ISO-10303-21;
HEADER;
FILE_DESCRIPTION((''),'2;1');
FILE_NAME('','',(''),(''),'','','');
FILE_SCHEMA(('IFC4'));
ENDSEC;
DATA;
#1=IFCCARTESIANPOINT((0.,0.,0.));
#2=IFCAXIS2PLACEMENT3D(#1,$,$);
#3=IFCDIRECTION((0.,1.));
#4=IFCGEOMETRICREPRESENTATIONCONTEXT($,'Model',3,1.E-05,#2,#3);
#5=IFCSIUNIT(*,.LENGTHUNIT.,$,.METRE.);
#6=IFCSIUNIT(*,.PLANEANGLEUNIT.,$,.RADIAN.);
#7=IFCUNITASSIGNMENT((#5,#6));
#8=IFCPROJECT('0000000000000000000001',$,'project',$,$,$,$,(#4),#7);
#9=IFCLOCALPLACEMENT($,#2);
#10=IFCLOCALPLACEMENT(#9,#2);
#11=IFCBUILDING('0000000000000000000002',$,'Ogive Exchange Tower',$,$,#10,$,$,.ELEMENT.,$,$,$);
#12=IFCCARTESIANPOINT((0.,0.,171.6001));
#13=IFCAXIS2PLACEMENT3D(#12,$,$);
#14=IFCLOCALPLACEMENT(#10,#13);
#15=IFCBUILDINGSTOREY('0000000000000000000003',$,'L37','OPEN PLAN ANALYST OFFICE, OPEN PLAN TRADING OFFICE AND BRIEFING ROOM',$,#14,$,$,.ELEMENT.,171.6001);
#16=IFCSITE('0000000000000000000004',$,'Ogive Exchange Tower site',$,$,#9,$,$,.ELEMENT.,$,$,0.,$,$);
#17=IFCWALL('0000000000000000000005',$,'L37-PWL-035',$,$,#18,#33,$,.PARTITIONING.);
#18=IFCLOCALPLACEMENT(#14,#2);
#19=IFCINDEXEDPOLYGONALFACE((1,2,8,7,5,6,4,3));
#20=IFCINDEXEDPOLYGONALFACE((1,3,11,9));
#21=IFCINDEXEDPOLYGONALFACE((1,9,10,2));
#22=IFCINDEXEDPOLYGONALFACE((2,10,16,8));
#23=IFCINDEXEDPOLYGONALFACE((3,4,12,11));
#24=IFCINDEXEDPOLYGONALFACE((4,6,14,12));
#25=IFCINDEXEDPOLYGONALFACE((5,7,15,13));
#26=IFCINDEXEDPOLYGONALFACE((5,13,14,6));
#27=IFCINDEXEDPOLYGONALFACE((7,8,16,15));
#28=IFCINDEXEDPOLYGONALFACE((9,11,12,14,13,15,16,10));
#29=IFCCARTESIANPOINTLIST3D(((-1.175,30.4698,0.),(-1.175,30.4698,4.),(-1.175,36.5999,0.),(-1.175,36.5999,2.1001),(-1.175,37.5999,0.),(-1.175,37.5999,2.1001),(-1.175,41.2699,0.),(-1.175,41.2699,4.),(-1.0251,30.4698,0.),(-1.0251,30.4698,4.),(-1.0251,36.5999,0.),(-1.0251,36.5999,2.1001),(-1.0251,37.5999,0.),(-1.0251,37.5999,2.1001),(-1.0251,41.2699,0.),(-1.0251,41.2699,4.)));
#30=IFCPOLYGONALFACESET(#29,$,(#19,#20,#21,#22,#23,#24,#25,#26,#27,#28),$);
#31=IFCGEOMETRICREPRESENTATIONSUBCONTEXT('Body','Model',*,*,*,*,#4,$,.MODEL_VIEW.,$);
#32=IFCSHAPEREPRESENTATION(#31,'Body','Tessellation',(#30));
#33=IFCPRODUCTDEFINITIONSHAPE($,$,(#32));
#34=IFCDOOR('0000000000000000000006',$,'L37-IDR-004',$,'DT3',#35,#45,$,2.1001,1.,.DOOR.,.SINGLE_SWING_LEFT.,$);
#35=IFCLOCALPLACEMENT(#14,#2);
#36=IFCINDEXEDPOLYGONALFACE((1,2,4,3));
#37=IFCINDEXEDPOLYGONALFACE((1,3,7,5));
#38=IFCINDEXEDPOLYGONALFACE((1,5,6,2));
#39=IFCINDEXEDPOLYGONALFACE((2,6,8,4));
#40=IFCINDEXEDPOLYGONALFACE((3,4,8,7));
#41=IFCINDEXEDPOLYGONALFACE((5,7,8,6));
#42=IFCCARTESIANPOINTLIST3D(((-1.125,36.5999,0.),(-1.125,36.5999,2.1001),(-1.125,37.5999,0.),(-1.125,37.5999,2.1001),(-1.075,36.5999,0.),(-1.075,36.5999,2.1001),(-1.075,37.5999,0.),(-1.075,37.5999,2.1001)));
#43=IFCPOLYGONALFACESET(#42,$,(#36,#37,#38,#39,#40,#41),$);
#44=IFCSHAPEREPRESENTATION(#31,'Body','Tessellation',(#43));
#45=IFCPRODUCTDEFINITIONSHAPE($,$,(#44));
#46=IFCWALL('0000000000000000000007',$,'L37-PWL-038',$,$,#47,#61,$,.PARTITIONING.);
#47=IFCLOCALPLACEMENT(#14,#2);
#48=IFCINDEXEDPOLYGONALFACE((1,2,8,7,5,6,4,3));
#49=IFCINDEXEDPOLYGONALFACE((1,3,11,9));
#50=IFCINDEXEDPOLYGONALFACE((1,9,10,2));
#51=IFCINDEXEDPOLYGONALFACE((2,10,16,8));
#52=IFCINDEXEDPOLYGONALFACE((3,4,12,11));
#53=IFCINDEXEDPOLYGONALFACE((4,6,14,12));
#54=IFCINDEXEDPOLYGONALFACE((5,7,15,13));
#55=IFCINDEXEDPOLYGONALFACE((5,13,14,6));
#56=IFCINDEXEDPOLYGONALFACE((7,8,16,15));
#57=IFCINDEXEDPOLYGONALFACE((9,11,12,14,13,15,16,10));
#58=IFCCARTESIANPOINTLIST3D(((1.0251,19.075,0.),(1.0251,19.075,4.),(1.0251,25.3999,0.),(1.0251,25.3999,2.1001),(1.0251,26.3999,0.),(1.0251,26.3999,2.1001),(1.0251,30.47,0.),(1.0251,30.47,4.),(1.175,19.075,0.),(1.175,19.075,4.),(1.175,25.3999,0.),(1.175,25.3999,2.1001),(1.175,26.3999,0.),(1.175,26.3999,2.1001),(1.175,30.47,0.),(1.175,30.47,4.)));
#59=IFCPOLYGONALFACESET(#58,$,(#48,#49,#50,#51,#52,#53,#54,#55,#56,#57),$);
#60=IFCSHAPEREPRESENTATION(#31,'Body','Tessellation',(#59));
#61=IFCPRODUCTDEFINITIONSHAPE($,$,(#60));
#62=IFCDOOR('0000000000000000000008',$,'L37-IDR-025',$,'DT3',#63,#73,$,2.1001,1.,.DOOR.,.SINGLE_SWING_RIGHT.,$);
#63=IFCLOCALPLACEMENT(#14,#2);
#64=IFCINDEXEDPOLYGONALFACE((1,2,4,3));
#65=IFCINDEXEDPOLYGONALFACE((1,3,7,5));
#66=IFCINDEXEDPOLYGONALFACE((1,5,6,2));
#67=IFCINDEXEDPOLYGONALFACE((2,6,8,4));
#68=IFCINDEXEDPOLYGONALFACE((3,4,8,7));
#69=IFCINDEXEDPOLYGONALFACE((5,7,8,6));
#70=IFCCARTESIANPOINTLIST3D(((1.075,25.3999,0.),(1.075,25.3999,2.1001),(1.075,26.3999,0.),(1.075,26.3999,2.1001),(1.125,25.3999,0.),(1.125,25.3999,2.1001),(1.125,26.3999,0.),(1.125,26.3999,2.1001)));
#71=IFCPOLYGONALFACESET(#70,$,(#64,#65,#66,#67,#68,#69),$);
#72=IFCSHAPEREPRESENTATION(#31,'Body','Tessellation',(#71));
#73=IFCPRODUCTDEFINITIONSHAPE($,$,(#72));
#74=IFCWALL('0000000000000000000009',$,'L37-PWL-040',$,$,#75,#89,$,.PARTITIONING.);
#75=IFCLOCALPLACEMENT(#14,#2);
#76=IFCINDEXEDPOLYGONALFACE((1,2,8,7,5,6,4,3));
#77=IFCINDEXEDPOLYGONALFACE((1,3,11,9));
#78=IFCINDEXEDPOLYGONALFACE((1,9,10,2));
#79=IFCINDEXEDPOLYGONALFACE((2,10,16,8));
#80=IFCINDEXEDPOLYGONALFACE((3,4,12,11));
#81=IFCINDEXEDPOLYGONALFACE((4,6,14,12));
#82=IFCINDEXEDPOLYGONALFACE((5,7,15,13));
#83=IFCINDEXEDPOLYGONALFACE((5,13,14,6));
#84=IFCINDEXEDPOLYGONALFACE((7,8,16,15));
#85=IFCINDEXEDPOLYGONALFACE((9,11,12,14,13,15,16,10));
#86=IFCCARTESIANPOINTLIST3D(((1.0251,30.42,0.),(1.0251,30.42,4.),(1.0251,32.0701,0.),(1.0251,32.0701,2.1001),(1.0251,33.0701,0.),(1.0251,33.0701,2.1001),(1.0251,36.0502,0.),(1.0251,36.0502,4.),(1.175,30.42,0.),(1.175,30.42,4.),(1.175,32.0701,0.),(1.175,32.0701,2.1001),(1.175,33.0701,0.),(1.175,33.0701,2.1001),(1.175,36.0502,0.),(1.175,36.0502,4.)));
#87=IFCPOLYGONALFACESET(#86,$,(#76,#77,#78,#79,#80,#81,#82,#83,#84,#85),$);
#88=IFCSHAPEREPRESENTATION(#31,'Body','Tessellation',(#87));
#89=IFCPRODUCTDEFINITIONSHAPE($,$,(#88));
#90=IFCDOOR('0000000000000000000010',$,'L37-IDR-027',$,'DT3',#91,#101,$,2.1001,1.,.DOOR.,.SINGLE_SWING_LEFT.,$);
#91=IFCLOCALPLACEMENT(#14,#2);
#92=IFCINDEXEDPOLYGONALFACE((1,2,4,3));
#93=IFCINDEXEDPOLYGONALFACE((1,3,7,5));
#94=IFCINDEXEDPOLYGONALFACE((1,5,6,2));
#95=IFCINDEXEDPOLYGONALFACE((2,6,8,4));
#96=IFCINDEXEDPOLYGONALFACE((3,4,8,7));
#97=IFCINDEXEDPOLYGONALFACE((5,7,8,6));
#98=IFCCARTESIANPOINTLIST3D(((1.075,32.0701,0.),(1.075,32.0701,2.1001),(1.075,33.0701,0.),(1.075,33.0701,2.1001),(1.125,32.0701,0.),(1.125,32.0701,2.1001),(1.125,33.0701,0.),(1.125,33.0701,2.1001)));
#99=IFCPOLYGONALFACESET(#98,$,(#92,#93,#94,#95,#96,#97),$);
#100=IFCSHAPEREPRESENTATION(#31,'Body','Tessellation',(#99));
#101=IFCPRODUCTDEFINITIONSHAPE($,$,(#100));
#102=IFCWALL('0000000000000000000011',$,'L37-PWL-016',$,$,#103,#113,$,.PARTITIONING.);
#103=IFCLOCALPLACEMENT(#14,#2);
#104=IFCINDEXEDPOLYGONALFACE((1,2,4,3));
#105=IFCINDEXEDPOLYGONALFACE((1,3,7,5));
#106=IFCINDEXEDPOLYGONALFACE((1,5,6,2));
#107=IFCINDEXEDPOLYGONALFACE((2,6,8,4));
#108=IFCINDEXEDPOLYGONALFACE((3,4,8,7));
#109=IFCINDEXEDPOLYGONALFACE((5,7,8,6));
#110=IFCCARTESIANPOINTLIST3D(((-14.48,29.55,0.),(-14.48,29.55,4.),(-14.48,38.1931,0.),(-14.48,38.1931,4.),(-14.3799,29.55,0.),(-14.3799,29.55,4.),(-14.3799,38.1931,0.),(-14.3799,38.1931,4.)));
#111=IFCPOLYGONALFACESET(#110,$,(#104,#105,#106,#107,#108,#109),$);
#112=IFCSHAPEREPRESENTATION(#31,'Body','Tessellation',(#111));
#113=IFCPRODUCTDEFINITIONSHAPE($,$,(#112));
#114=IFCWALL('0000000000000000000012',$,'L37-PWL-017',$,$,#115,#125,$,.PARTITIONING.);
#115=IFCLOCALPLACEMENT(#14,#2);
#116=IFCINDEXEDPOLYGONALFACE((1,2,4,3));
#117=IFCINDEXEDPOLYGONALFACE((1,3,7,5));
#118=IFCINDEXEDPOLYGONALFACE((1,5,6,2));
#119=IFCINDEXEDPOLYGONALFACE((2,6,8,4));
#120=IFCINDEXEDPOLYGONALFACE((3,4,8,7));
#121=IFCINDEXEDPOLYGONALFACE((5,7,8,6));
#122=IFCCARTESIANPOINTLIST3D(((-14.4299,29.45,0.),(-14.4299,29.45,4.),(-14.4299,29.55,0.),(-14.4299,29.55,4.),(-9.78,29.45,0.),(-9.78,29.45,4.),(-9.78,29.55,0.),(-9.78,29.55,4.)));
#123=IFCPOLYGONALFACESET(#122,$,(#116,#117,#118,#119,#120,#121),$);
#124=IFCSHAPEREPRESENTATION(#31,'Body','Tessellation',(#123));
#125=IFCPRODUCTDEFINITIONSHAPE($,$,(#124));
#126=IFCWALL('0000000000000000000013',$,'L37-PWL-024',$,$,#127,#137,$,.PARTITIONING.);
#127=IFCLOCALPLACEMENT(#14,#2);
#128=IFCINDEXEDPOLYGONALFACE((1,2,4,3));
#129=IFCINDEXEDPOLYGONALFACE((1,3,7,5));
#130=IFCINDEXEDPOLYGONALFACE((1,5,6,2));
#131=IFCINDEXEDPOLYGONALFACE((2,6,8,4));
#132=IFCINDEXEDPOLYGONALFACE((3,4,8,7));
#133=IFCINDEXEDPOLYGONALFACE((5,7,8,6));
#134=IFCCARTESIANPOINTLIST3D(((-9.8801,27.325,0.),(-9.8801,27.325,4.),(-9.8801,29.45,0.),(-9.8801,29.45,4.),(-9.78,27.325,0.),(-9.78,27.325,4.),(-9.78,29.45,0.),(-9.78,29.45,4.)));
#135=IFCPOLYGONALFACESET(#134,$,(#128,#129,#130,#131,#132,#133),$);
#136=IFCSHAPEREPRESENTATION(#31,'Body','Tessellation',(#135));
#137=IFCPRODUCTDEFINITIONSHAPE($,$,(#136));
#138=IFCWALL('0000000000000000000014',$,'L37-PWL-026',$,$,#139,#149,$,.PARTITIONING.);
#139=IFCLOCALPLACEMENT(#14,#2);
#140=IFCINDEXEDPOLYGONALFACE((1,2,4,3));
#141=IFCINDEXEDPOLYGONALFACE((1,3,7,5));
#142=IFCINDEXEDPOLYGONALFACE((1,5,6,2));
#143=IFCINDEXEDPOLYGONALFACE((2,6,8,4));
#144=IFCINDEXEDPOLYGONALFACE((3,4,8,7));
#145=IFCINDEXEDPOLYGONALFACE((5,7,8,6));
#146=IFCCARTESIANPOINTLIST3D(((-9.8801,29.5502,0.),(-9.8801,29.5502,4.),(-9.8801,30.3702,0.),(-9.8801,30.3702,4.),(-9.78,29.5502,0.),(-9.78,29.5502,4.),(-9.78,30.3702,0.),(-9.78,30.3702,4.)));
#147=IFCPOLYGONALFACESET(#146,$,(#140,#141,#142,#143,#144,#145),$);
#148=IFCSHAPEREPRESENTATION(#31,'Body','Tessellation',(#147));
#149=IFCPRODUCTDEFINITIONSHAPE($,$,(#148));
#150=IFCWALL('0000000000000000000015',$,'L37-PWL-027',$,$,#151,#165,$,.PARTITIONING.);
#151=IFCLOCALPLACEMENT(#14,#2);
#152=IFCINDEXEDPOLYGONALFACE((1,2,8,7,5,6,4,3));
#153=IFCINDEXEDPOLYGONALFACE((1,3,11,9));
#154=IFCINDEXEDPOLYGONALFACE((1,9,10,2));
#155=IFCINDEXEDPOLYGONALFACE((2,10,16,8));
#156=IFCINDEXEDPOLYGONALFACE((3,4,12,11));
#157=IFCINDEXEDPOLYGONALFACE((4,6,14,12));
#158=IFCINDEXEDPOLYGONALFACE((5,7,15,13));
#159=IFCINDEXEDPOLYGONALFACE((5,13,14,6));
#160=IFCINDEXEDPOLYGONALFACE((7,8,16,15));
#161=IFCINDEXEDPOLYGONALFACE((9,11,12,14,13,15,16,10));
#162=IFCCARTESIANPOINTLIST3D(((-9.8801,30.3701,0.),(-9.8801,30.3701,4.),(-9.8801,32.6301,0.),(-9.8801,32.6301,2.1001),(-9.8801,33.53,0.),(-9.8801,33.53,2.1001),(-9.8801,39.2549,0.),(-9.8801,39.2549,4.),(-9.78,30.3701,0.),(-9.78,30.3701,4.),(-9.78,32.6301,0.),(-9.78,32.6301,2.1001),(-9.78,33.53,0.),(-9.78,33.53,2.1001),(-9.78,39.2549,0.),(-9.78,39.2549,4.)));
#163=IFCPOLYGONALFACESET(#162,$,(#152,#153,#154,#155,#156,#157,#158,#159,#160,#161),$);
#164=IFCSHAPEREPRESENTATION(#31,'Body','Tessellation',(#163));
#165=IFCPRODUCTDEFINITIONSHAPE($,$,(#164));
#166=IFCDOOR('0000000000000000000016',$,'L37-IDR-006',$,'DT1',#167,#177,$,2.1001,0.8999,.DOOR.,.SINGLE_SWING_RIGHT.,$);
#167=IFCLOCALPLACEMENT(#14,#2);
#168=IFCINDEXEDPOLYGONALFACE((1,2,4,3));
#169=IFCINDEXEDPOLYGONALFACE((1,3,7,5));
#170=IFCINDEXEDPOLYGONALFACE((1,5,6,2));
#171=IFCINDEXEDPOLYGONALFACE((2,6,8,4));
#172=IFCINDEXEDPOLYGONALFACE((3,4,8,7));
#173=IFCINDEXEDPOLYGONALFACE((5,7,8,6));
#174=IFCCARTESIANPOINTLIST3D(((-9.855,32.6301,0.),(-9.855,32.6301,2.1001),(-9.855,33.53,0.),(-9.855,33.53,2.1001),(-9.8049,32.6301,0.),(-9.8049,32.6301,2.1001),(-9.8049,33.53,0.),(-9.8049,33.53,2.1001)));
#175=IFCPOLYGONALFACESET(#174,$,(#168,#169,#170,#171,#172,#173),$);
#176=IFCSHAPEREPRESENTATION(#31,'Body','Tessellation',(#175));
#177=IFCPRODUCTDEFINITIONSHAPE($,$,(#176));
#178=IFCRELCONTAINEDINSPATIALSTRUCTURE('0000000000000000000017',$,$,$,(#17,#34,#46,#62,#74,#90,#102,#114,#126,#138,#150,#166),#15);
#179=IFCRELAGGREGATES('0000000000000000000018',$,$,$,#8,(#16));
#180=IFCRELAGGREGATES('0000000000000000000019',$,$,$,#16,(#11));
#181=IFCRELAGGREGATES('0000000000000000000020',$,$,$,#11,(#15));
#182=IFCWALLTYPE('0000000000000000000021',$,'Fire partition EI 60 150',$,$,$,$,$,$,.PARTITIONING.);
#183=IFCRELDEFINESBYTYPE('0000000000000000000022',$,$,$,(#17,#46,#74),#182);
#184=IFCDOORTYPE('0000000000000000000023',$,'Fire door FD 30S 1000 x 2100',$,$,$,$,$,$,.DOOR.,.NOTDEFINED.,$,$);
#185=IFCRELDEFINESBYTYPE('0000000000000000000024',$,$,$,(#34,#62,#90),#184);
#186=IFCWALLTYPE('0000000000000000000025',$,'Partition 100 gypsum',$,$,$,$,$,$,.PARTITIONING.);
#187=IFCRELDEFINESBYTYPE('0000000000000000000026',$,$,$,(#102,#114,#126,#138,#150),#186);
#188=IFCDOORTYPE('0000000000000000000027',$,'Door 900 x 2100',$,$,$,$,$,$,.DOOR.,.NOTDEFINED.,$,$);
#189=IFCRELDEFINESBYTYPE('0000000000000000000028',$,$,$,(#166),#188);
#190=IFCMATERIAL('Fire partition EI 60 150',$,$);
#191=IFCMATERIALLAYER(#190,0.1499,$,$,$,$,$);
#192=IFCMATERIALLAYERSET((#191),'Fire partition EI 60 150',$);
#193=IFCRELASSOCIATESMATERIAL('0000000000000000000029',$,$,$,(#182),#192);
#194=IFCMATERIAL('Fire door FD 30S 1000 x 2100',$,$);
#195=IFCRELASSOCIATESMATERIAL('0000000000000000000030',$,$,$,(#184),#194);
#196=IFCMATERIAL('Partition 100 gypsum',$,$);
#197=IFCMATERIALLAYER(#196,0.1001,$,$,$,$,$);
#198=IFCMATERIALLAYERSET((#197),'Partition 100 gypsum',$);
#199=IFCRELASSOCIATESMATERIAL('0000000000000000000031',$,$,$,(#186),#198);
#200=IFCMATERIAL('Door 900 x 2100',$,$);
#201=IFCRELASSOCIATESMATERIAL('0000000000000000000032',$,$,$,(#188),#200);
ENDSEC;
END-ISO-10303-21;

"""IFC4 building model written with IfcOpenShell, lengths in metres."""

from ifc_helpers import new_model, si_unit, direction, frame, frame_2d, origin, place, context, subcontext, project, spatial, rectangle, extrude, material, layer, layer_set, type_object, element, fill, save


model = new_model("IFC4")

# Units and contexts
model_context = context("Model", 3, precision=1e-05, world=origin(), true_north=direction((0.0, 1.0)))
body_context = subcontext(model_context, "Body", "Model", "MODEL_VIEW")
ifc_project = project(units=[si_unit("LENGTHUNIT", "METRE"), si_unit("PLANEANGLEUNIT", "RADIAN")], contexts=[model_context])

# Site, building, storey
site_placement = place(None, origin())
site = spatial("IfcSite", under=ifc_project, at=site_placement, Name="Ogive Exchange Tower site", CompositionType="ELEMENT", RefElevation=0.0)
building_placement = place(site_placement, origin())
building = spatial("IfcBuilding", under=site, at=building_placement, Name="Ogive Exchange Tower", CompositionType="ELEMENT")
storey_placement = place(building_placement, frame((0.0, 0.0, 171.6001)))
storey = spatial("IfcBuildingStorey", under=building, at=storey_placement, Name="L37", Description="OPEN PLAN ANALYST OFFICE, OPEN PLAN TRADING OFFICE AND BRIEFING ROOM", CompositionType="ELEMENT", Elevation=171.6001)

# Shared definitions
ifc_material_1 = material(Name="Fire partition EI 60 150")
ifc_layer_1 = layer(ifc_material_1, 0.1499)
ifc_layer_set_1 = layer_set([ifc_layer_1], Name="Fire partition EI 60 150")
wall_type_1 = type_object("IfcWallType", Name="Fire partition EI 60 150", PredefinedType="PARTITIONING", material=ifc_layer_set_1)

# Walls, openings, doors
wall_1_placement = place(storey_placement, frame((-1.1001, 30.47, 0.0), z_axis=(0.0, 0.0, 1.0), x_axis=(0.0, 1.0, 0.0)))
wall_1 = element("IfcWall", 1, at=wall_1_placement, inside=storey, type_object=wall_type_1, Name="L37-PWL-035", PredefinedType="PARTITIONING", context=body_context, shape_type="SweptSolid", body=[
    extrude(rectangle(XDim=10.8, YDim=0.1499, at=frame_2d((5.3999, 0.0))), origin(), (0.0, 0.0, 1.0), 4.0),
])
opening_1_placement = place(wall_1_placement, frame((6.1299, 0.0, 0.0)))
opening_1 = element("IfcOpeningElement", 2, at=opening_1_placement, cuts=wall_1, PredefinedType="OPENING", context=body_context, shape_type="SweptSolid", body=[
    extrude(rectangle(XDim=1.0, YDim=2.1001, at=frame_2d((0.5, 1.05))), frame((0.0, 0.085, 0.0), z_axis=(0.0, -1.0, 0.0), x_axis=(1.0, 0.0, 0.0)), (0.0, 0.0, 1.0), 0.1699),
])
ifc_material_2 = material(Name="Fire door FD 30S 1000 x 2100")
door_type_1 = type_object("IfcDoorType", Name="Fire door FD 30S 1000 x 2100", OperationType="NOTDEFINED", PredefinedType="DOOR", material=ifc_material_2)
door_1_placement = place(opening_1_placement, origin())
door_1 = element("IfcDoor", 3, at=door_1_placement, inside=storey, type_object=door_type_1, Name="L37-IDR-004", ObjectType="DT3", OperationType="SINGLE_SWING_LEFT", OverallHeight=2.1001, OverallWidth=1.0, PredefinedType="DOOR", context=body_context, shape_type="SweptSolid", body=[
    extrude(rectangle(XDim=1.0, YDim=2.1001, at=frame_2d((0.5, 1.05))), frame((0.0, 0.0249, 0.0), z_axis=(0.0, -1.0, 0.0), x_axis=(1.0, 0.0, 0.0)), (0.0, 0.0, 1.0), 0.05),
])
fill(opening_1, door_1)
wall_2_placement = place(storey_placement, frame((1.1001, 30.47, 0.0), z_axis=(0.0, 0.0, 1.0), x_axis=(0.0, -1.0, 0.0)))
wall_2 = element("IfcWall", 4, at=wall_2_placement, inside=storey, type_object=wall_type_1, Name="L37-PWL-038", PredefinedType="PARTITIONING", context=body_context, shape_type="SweptSolid", body=[
    extrude(rectangle(XDim=11.395, YDim=0.1499, at=frame_2d((5.6975, 0.0))), origin(), (0.0, 0.0, 1.0), 4.0),
])
opening_2_placement = place(wall_2_placement, frame((4.0701, 0.0, 0.0)))
opening_2 = element("IfcOpeningElement", 5, at=opening_2_placement, cuts=wall_2, PredefinedType="OPENING", context=body_context, shape_type="SweptSolid", body=[
    extrude(rectangle(XDim=1.0, YDim=2.1001, at=frame_2d((0.5, 1.05))), frame((0.0, 0.085, 0.0), z_axis=(0.0, -1.0, 0.0), x_axis=(1.0, 0.0, 0.0)), (0.0, 0.0, 1.0), 0.1699),
])
door_2_placement = place(opening_2_placement, origin())
door_2 = element("IfcDoor", 6, at=door_2_placement, inside=storey, type_object=door_type_1, Name="L37-IDR-025", ObjectType="DT3", OperationType="SINGLE_SWING_RIGHT", OverallHeight=2.1001, OverallWidth=1.0, PredefinedType="DOOR", context=body_context, shape_type="SweptSolid", body=[
    extrude(rectangle(XDim=1.0, YDim=2.1001, at=frame_2d((0.5, 1.05))), frame((0.0, 0.0249, 0.0), z_axis=(0.0, -1.0, 0.0), x_axis=(1.0, 0.0, 0.0)), (0.0, 0.0, 1.0), 0.05),
])
fill(opening_2, door_2)
wall_3_placement = place(storey_placement, frame((1.1001, 36.05, 0.0), z_axis=(0.0, 0.0, 1.0), x_axis=(0.0, -1.0, 0.0)))
wall_3 = element("IfcWall", 7, at=wall_3_placement, inside=storey, type_object=wall_type_1, Name="L37-PWL-040", PredefinedType="PARTITIONING", context=body_context, shape_type="SweptSolid", body=[
    extrude(rectangle(XDim=5.6301, YDim=0.1499, at=frame_2d((2.8149, 0.0))), origin(), (0.0, 0.0, 1.0), 4.0),
])
opening_3_placement = place(wall_3_placement, frame((2.98, 0.0, 0.0)))
opening_3 = element("IfcOpeningElement", 8, at=opening_3_placement, cuts=wall_3, PredefinedType="OPENING", context=body_context, shape_type="SweptSolid", body=[
    extrude(rectangle(XDim=1.0, YDim=2.1001, at=frame_2d((0.5, 1.05))), frame((0.0, 0.085, 0.0), z_axis=(0.0, -1.0, 0.0), x_axis=(1.0, 0.0, 0.0)), (0.0, 0.0, 1.0), 0.1699),
])
door_3_placement = place(opening_3_placement, origin())
door_3 = element("IfcDoor", 9, at=door_3_placement, inside=storey, type_object=door_type_1, Name="L37-IDR-027", ObjectType="DT3", OperationType="SINGLE_SWING_LEFT", OverallHeight=2.1001, OverallWidth=1.0, PredefinedType="DOOR", context=body_context, shape_type="SweptSolid", body=[
    extrude(rectangle(XDim=1.0, YDim=2.1001, at=frame_2d((0.5, 1.05))), frame((0.0, 0.0249, 0.0), z_axis=(0.0, -1.0, 0.0), x_axis=(1.0, 0.0, 0.0)), (0.0, 0.0, 1.0), 0.05),
])
fill(opening_3, door_3)

# Walls
ifc_material_3 = material(Name="Partition 100 gypsum")
ifc_layer_2 = layer(ifc_material_3, 0.1001)
ifc_layer_set_2 = layer_set([ifc_layer_2], Name="Partition 100 gypsum")
wall_type_2 = type_object("IfcWallType", Name="Partition 100 gypsum", PredefinedType="PARTITIONING", material=ifc_layer_set_2)
wall_4_placement = place(storey_placement, frame((-14.4299, 29.55, 0.0), z_axis=(0.0, 0.0, 1.0), x_axis=(0.0, 1.0, 0.0)))
element("IfcWall", 10, at=wall_4_placement, inside=storey, type_object=wall_type_2, Name="L37-PWL-016", PredefinedType="PARTITIONING", context=body_context, shape_type="SweptSolid", body=[
    extrude(rectangle(XDim=8.6431, YDim=0.1001, at=frame_2d((4.3215, 0.0))), origin(), (0.0, 0.0, 1.0), 4.0),
])
wall_5_placement = place(storey_placement, frame((-14.4299, 29.5, 0.0), z_axis=(0.0, 0.0, 1.0), x_axis=(1.0, 0.0, 0.0)))
element("IfcWall", 11, at=wall_5_placement, inside=storey, type_object=wall_type_2, Name="L37-PWL-017", PredefinedType="PARTITIONING", context=body_context, shape_type="SweptSolid", body=[
    extrude(rectangle(XDim=4.6499, YDim=0.1001, at=frame_2d((2.325, 0.0))), origin(), (0.0, 0.0, 1.0), 4.0),
])
wall_6_placement = place(storey_placement, frame((-9.8301, 27.325, 0.0), z_axis=(0.0, 0.0, 1.0), x_axis=(0.0, 1.0, 0.0)))
element("IfcWall", 12, at=wall_6_placement, inside=storey, type_object=wall_type_2, Name="L37-PWL-024", PredefinedType="PARTITIONING", context=body_context, shape_type="SweptSolid", body=[
    extrude(rectangle(XDim=2.125, YDim=0.1001, at=frame_2d((1.0625, 0.0))), origin(), (0.0, 0.0, 1.0), 4.0),
])
wall_7_placement = place(storey_placement, frame((-9.8301, 29.55, 0.0), z_axis=(0.0, 0.0, 1.0), x_axis=(0.0, 1.0, 0.0)))
element("IfcWall", 13, at=wall_7_placement, inside=storey, type_object=wall_type_2, Name="L37-PWL-026", PredefinedType="PARTITIONING", context=body_context, shape_type="SweptSolid", body=[
    extrude(rectangle(XDim=0.8201, YDim=0.1001, at=frame_2d((0.4102, 0.0))), origin(), (0.0, 0.0, 1.0), 4.0),
])

# Wall, opening, door
wall_8_placement = place(storey_placement, frame((-9.8301, 30.3701, 0.0), z_axis=(0.0, 0.0, 1.0), x_axis=(0.0, 1.0, 0.0)))
wall_8 = element("IfcWall", 14, at=wall_8_placement, inside=storey, type_object=wall_type_2, Name="L37-PWL-027", PredefinedType="PARTITIONING", context=body_context, shape_type="SweptSolid", body=[
    extrude(rectangle(XDim=8.8848, YDim=0.1001, at=frame_2d((4.4424, 0.0))), origin(), (0.0, 0.0, 1.0), 4.0),
])
opening_4_placement = place(wall_8_placement, frame((2.26, 0.0, 0.0)))
opening_4 = element("IfcOpeningElement", 15, at=opening_4_placement, cuts=wall_8, PredefinedType="OPENING", context=body_context, shape_type="SweptSolid", body=[
    extrude(rectangle(XDim=0.8999, YDim=2.1001, at=frame_2d((0.45, 1.05))), frame((0.0, 0.0601, 0.0), z_axis=(0.0, -1.0, 0.0), x_axis=(1.0, 0.0, 0.0)), (0.0, 0.0, 1.0), 0.1201),
])
ifc_material_4 = material(Name="Door 900 x 2100")
door_type_2 = type_object("IfcDoorType", Name="Door 900 x 2100", OperationType="NOTDEFINED", PredefinedType="DOOR", material=ifc_material_4)
door_4_placement = place(opening_4_placement, origin())
door_4 = element("IfcDoor", 16, at=door_4_placement, inside=storey, type_object=door_type_2, Name="L37-IDR-006", ObjectType="DT1", OperationType="SINGLE_SWING_RIGHT", OverallHeight=2.1001, OverallWidth=0.8999, PredefinedType="DOOR", context=body_context, shape_type="SweptSolid", body=[
    extrude(rectangle(XDim=0.8999, YDim=2.1001, at=frame_2d((0.45, 1.05))), frame((0.0, 0.0249, 0.0), z_axis=(0.0, -1.0, 0.0), x_axis=(1.0, 0.0, 0.0)), (0.0, 0.0, 1.0), 0.05),
])
fill(opening_4, door_4)

save(model, "model.ifc")
